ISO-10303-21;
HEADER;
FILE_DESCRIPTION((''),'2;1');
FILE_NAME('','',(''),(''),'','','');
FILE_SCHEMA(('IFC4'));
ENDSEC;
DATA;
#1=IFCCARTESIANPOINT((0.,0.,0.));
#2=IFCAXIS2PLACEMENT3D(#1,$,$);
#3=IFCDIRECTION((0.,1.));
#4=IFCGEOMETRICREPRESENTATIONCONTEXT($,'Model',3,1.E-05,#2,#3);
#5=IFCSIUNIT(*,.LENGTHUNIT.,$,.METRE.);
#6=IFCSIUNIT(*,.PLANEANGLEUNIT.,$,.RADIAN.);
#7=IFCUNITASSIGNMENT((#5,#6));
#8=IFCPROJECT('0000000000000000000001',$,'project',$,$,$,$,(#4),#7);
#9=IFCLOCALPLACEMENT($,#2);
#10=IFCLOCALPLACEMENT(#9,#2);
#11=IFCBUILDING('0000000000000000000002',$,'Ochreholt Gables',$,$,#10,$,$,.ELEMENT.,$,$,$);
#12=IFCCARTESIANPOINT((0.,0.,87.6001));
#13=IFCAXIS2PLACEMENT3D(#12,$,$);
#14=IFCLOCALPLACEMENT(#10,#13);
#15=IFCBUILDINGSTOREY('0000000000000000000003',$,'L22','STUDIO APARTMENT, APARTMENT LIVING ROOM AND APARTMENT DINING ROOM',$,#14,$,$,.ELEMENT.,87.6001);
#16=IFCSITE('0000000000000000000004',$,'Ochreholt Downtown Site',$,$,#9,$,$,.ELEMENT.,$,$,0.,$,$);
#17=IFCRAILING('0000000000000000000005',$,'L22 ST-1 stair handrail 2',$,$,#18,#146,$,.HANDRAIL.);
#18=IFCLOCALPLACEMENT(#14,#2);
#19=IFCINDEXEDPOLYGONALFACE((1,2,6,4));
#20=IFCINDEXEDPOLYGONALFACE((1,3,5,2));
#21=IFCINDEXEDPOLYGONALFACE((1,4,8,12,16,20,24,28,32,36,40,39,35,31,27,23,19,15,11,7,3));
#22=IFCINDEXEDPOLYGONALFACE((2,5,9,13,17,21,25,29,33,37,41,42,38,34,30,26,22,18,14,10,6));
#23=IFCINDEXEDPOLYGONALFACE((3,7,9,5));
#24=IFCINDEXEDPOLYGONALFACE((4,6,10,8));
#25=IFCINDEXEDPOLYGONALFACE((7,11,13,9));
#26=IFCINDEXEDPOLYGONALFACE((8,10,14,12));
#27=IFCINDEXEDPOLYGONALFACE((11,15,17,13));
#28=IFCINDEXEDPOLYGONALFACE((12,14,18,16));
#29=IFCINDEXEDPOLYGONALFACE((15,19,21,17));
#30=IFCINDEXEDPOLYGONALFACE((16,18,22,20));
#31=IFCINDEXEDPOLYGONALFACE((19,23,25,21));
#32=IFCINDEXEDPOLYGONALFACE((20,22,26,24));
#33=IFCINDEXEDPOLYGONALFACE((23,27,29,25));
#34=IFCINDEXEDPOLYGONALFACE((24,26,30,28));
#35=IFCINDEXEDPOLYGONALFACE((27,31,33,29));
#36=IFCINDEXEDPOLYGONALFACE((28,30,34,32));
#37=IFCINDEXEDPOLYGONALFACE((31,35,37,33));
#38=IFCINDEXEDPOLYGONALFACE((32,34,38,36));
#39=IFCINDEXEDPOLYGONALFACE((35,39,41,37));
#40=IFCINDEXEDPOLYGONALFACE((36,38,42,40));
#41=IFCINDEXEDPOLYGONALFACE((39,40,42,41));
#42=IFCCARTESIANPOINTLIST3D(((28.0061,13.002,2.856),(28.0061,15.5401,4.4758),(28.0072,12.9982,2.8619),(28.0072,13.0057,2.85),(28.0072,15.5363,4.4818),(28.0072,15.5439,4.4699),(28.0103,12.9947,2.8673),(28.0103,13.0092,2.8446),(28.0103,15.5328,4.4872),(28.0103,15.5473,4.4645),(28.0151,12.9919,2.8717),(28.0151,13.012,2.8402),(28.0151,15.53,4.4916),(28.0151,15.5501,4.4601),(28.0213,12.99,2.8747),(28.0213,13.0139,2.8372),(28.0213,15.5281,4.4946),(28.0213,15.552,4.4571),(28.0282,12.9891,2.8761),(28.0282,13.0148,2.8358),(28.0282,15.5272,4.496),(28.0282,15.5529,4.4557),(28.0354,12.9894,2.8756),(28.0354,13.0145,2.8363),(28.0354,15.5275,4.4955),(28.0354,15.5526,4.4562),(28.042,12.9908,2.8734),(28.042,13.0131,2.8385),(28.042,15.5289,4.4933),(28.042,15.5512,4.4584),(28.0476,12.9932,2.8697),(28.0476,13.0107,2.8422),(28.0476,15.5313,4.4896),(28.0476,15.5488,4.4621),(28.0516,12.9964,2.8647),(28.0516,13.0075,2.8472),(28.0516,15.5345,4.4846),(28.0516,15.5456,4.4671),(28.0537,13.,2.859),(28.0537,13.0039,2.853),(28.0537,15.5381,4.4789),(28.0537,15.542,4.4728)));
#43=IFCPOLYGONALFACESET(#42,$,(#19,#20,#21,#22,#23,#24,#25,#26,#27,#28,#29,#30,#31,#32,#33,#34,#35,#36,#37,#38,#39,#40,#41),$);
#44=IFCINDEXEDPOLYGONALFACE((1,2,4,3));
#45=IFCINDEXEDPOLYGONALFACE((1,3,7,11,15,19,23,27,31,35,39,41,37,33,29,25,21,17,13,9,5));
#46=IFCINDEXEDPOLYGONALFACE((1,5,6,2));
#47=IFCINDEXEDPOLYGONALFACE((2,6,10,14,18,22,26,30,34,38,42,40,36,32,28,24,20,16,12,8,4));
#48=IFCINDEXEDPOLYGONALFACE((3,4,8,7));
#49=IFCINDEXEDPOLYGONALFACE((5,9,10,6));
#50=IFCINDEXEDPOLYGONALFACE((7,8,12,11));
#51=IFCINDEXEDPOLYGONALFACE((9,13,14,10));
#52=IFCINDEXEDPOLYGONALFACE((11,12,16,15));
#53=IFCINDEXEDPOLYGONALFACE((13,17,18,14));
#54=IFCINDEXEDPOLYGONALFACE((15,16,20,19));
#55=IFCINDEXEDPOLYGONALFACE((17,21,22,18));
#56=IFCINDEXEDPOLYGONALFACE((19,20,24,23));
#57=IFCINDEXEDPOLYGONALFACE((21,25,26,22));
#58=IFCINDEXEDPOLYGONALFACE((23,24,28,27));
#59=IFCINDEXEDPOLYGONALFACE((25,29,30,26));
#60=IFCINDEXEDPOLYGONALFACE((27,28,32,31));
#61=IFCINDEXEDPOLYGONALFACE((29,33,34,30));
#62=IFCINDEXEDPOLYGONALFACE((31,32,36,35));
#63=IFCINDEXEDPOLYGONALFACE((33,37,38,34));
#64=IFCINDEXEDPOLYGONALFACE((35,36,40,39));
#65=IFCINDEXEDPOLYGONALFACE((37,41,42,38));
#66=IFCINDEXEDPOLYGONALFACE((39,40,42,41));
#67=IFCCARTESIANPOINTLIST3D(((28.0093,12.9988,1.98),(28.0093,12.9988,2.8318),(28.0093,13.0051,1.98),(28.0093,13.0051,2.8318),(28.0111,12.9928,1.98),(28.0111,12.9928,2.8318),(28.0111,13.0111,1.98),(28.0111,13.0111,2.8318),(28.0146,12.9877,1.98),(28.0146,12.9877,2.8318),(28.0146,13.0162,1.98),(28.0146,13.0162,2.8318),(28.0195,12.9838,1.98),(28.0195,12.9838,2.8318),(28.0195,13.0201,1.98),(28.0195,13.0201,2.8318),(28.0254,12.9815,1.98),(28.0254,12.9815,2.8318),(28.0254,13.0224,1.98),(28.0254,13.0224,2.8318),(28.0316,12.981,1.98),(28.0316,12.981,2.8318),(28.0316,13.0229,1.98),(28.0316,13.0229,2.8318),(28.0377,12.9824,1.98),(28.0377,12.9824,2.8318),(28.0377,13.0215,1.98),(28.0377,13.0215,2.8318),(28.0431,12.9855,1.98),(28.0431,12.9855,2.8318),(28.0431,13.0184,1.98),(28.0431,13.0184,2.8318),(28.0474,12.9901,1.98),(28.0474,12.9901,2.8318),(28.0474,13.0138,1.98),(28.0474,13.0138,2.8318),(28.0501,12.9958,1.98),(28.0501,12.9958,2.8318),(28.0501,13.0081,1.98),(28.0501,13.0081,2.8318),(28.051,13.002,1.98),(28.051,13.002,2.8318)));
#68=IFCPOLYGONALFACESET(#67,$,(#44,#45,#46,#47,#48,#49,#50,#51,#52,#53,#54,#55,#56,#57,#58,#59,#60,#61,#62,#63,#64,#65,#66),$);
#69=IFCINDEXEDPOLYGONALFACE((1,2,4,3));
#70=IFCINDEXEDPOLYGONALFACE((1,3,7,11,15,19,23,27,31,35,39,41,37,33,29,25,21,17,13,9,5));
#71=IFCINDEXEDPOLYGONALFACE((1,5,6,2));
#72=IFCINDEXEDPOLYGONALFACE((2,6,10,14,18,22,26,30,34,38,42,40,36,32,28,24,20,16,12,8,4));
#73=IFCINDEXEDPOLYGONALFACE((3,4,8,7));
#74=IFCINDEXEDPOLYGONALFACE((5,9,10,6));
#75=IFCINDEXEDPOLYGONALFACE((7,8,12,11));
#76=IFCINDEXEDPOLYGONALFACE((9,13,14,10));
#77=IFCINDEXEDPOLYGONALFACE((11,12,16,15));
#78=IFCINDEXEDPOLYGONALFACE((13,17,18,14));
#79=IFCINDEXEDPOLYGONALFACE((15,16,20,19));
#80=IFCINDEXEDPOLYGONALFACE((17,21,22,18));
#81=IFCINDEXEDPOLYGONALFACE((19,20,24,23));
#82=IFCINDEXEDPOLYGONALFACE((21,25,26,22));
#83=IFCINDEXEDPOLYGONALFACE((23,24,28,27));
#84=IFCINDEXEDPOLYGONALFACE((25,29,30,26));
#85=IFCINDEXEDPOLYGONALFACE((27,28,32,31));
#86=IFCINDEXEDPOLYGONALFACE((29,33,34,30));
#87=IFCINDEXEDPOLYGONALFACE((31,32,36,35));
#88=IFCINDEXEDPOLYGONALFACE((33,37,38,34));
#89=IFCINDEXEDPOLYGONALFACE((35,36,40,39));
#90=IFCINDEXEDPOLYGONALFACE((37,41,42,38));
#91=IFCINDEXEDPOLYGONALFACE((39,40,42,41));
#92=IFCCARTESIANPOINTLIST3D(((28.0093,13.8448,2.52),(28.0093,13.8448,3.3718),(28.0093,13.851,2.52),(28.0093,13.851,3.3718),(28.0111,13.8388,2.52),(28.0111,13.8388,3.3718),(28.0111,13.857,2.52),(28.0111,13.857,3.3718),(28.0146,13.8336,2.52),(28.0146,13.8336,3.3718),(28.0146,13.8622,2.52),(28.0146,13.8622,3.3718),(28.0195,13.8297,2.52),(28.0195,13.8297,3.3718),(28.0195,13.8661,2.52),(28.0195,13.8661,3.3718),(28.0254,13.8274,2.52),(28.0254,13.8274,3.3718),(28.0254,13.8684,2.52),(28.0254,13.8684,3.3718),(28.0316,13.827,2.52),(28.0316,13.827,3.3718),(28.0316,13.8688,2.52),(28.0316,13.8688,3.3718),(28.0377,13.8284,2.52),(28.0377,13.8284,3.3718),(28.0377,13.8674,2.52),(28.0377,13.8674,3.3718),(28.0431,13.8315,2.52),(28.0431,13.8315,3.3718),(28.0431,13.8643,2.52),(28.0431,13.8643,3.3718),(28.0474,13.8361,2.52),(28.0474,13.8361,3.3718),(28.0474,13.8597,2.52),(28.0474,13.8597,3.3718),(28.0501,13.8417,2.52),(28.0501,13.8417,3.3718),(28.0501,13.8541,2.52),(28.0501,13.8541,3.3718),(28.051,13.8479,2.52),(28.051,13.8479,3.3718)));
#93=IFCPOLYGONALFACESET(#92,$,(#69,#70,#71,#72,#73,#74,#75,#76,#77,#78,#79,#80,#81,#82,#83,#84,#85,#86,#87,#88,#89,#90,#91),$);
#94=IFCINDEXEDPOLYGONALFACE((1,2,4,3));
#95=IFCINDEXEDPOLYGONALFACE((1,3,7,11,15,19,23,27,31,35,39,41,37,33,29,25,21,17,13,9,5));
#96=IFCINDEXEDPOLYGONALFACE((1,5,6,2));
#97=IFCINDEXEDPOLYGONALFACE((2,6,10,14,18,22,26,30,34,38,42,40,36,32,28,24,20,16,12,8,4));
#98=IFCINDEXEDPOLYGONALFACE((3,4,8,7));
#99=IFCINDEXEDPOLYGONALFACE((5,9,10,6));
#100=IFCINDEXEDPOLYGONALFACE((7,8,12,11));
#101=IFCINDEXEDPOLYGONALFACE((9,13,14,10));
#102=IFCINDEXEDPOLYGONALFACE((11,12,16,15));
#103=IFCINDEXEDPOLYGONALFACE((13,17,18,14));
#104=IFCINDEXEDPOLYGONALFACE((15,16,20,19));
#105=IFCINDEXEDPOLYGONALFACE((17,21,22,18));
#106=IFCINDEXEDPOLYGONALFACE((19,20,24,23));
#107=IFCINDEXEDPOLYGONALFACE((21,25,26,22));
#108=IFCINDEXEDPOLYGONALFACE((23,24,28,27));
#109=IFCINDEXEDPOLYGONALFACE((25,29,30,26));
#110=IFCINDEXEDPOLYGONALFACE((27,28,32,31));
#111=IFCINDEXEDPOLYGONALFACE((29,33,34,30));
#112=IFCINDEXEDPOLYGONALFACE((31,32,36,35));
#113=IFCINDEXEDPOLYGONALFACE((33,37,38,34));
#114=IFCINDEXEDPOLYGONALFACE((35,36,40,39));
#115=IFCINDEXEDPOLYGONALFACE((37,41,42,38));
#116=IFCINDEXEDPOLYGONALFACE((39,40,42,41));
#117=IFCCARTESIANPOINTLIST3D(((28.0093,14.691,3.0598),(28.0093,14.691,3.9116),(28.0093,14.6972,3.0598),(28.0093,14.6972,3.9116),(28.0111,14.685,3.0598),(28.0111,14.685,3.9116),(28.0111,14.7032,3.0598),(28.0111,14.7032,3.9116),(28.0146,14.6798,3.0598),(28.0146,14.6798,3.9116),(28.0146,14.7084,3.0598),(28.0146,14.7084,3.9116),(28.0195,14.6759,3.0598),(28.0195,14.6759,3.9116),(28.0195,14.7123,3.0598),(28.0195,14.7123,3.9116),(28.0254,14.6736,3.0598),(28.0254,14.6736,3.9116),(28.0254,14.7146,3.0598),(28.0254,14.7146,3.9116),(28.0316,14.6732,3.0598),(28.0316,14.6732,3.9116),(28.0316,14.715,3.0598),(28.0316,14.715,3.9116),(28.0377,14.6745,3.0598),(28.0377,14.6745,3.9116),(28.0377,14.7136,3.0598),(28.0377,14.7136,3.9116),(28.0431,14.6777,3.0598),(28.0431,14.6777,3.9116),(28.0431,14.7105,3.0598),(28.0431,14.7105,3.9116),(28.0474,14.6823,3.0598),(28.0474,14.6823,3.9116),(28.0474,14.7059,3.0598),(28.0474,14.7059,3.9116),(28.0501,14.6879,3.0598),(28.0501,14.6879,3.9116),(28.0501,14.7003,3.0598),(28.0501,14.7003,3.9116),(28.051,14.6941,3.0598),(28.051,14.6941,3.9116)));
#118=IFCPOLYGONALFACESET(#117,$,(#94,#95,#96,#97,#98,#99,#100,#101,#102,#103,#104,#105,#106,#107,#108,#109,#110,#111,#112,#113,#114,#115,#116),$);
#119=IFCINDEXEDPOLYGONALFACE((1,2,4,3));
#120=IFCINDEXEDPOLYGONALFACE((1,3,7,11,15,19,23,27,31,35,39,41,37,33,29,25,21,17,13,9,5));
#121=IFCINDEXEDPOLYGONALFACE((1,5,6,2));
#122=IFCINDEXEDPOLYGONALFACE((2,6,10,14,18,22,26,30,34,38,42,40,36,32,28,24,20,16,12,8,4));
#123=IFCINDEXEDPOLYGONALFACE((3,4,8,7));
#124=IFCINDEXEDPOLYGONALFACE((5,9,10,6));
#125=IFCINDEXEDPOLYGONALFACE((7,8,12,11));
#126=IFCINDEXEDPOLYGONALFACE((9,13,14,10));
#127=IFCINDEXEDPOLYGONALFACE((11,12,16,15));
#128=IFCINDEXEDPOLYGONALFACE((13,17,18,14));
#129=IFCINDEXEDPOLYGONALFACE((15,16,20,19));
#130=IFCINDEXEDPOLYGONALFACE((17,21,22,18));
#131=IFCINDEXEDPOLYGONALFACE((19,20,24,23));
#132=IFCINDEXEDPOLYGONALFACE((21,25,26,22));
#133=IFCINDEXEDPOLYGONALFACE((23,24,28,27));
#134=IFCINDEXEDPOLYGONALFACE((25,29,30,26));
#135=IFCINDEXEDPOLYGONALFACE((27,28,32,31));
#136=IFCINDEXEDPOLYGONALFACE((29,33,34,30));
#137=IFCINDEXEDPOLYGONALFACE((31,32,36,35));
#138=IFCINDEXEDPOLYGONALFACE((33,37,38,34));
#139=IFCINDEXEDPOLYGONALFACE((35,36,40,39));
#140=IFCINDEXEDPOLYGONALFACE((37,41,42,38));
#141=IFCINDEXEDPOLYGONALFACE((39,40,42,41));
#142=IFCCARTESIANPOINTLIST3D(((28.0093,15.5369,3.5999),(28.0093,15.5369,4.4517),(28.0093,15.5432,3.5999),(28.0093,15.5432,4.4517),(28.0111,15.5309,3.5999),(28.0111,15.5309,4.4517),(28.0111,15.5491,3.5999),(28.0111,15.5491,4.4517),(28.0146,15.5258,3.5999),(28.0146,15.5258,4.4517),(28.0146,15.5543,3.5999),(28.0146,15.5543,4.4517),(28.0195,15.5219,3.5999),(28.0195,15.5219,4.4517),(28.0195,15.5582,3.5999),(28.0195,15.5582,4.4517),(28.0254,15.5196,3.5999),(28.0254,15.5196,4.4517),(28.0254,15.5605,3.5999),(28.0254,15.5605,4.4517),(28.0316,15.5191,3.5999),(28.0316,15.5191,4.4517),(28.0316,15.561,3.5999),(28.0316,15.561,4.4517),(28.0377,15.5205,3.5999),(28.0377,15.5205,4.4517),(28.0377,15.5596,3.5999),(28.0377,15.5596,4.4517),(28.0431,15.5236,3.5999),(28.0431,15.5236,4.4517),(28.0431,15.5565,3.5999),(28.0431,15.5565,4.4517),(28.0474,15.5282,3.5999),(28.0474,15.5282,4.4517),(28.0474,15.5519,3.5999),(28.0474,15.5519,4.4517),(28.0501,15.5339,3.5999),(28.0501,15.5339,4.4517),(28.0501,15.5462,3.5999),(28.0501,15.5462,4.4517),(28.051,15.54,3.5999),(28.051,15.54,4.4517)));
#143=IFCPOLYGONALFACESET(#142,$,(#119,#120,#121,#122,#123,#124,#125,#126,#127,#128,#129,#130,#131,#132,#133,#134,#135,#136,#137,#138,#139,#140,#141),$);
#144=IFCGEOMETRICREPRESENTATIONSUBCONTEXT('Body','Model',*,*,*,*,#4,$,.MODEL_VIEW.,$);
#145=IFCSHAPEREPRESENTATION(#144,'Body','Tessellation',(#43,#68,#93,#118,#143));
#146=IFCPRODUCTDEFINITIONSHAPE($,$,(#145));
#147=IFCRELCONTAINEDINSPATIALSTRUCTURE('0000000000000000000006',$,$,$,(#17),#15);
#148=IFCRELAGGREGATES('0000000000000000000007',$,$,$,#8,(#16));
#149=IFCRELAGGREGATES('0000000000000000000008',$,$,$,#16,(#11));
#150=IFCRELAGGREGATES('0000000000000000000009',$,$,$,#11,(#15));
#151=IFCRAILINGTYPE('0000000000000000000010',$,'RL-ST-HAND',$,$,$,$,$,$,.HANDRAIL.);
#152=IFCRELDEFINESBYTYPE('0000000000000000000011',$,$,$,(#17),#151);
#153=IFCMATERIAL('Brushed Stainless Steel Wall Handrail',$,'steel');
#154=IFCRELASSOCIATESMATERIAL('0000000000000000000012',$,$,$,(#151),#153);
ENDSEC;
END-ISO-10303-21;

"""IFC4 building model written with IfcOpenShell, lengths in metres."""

from ifc_helpers import new_model, si_unit, direction, frame, origin, origin_2d, place, context, subcontext, project, spatial, circle, extrude, material, type_object, element, save


model = new_model("IFC4")

# Units and contexts
model_context = context("Model", 3, precision=1e-05, world=origin(), true_north=direction((0.0, 1.0)))
body_context = subcontext(model_context, "Body", "Model", "MODEL_VIEW")
ifc_project = project(units=[si_unit("LENGTHUNIT", "METRE"), si_unit("PLANEANGLEUNIT", "RADIAN")], contexts=[model_context])

# Site, building, storey
site_placement = place(None, origin())
site = spatial("IfcSite", under=ifc_project, at=site_placement, Name="Ochreholt Downtown Site", CompositionType="ELEMENT", RefElevation=0.0)
building_placement = place(site_placement, origin())
building = spatial("IfcBuilding", under=site, at=building_placement, Name="Ochreholt Gables", CompositionType="ELEMENT")
storey_placement = place(building_placement, frame((0.0, 0.0, 87.6001)))
storey = spatial("IfcBuildingStorey", under=building, at=storey_placement, Name="L22", Description="STUDIO APARTMENT, APARTMENT LIVING ROOM AND APARTMENT DINING ROOM", CompositionType="ELEMENT", Elevation=87.6001)

# Railing
ifc_material_1 = material(Name="Brushed Stainless Steel Wall Handrail", Category="steel")
railing_type_1 = type_object("IfcRailingType", Name="RL-ST-HAND", PredefinedType="HANDRAIL", material=ifc_material_1)
railing_1_placement = place(storey_placement, frame((28.03, 13.002, 1.98)))
element("IfcRailing", 1, at=railing_1_placement, inside=storey, type_object=railing_type_1, Name="L22 ST-1 stair handrail 2", PredefinedType="HANDRAIL", context=body_context, shape_type="SweptSolid", body=[
    extrude(circle(Radius=0.0239, at=origin_2d()), frame((0.0, 0.0, 0.876), z_axis=(0.0, 0.84295, 0.537993), x_axis=(-1.0, 0.0, 0.0)), (0.0, 0.0, 1.0), 3.011),
    extrude(circle(Radius=0.021, at=origin_2d()), origin(), (0.0, 0.0, 1.0), 0.8518),
    extrude(circle(Radius=0.021, at=origin_2d()), frame((0.0, 0.8459, 0.54)), (0.0, 0.0, 1.0), 0.8518),
    extrude(circle(Radius=0.021, at=origin_2d()), frame((0.0, 1.6921, 1.0798)), (0.0, 0.0, 1.0), 0.8518),
    extrude(circle(Radius=0.021, at=origin_2d()), frame((0.0, 2.5381, 1.6199)), (0.0, 0.0, 1.0), 0.8518),
])

save(model, "model.ifc")
